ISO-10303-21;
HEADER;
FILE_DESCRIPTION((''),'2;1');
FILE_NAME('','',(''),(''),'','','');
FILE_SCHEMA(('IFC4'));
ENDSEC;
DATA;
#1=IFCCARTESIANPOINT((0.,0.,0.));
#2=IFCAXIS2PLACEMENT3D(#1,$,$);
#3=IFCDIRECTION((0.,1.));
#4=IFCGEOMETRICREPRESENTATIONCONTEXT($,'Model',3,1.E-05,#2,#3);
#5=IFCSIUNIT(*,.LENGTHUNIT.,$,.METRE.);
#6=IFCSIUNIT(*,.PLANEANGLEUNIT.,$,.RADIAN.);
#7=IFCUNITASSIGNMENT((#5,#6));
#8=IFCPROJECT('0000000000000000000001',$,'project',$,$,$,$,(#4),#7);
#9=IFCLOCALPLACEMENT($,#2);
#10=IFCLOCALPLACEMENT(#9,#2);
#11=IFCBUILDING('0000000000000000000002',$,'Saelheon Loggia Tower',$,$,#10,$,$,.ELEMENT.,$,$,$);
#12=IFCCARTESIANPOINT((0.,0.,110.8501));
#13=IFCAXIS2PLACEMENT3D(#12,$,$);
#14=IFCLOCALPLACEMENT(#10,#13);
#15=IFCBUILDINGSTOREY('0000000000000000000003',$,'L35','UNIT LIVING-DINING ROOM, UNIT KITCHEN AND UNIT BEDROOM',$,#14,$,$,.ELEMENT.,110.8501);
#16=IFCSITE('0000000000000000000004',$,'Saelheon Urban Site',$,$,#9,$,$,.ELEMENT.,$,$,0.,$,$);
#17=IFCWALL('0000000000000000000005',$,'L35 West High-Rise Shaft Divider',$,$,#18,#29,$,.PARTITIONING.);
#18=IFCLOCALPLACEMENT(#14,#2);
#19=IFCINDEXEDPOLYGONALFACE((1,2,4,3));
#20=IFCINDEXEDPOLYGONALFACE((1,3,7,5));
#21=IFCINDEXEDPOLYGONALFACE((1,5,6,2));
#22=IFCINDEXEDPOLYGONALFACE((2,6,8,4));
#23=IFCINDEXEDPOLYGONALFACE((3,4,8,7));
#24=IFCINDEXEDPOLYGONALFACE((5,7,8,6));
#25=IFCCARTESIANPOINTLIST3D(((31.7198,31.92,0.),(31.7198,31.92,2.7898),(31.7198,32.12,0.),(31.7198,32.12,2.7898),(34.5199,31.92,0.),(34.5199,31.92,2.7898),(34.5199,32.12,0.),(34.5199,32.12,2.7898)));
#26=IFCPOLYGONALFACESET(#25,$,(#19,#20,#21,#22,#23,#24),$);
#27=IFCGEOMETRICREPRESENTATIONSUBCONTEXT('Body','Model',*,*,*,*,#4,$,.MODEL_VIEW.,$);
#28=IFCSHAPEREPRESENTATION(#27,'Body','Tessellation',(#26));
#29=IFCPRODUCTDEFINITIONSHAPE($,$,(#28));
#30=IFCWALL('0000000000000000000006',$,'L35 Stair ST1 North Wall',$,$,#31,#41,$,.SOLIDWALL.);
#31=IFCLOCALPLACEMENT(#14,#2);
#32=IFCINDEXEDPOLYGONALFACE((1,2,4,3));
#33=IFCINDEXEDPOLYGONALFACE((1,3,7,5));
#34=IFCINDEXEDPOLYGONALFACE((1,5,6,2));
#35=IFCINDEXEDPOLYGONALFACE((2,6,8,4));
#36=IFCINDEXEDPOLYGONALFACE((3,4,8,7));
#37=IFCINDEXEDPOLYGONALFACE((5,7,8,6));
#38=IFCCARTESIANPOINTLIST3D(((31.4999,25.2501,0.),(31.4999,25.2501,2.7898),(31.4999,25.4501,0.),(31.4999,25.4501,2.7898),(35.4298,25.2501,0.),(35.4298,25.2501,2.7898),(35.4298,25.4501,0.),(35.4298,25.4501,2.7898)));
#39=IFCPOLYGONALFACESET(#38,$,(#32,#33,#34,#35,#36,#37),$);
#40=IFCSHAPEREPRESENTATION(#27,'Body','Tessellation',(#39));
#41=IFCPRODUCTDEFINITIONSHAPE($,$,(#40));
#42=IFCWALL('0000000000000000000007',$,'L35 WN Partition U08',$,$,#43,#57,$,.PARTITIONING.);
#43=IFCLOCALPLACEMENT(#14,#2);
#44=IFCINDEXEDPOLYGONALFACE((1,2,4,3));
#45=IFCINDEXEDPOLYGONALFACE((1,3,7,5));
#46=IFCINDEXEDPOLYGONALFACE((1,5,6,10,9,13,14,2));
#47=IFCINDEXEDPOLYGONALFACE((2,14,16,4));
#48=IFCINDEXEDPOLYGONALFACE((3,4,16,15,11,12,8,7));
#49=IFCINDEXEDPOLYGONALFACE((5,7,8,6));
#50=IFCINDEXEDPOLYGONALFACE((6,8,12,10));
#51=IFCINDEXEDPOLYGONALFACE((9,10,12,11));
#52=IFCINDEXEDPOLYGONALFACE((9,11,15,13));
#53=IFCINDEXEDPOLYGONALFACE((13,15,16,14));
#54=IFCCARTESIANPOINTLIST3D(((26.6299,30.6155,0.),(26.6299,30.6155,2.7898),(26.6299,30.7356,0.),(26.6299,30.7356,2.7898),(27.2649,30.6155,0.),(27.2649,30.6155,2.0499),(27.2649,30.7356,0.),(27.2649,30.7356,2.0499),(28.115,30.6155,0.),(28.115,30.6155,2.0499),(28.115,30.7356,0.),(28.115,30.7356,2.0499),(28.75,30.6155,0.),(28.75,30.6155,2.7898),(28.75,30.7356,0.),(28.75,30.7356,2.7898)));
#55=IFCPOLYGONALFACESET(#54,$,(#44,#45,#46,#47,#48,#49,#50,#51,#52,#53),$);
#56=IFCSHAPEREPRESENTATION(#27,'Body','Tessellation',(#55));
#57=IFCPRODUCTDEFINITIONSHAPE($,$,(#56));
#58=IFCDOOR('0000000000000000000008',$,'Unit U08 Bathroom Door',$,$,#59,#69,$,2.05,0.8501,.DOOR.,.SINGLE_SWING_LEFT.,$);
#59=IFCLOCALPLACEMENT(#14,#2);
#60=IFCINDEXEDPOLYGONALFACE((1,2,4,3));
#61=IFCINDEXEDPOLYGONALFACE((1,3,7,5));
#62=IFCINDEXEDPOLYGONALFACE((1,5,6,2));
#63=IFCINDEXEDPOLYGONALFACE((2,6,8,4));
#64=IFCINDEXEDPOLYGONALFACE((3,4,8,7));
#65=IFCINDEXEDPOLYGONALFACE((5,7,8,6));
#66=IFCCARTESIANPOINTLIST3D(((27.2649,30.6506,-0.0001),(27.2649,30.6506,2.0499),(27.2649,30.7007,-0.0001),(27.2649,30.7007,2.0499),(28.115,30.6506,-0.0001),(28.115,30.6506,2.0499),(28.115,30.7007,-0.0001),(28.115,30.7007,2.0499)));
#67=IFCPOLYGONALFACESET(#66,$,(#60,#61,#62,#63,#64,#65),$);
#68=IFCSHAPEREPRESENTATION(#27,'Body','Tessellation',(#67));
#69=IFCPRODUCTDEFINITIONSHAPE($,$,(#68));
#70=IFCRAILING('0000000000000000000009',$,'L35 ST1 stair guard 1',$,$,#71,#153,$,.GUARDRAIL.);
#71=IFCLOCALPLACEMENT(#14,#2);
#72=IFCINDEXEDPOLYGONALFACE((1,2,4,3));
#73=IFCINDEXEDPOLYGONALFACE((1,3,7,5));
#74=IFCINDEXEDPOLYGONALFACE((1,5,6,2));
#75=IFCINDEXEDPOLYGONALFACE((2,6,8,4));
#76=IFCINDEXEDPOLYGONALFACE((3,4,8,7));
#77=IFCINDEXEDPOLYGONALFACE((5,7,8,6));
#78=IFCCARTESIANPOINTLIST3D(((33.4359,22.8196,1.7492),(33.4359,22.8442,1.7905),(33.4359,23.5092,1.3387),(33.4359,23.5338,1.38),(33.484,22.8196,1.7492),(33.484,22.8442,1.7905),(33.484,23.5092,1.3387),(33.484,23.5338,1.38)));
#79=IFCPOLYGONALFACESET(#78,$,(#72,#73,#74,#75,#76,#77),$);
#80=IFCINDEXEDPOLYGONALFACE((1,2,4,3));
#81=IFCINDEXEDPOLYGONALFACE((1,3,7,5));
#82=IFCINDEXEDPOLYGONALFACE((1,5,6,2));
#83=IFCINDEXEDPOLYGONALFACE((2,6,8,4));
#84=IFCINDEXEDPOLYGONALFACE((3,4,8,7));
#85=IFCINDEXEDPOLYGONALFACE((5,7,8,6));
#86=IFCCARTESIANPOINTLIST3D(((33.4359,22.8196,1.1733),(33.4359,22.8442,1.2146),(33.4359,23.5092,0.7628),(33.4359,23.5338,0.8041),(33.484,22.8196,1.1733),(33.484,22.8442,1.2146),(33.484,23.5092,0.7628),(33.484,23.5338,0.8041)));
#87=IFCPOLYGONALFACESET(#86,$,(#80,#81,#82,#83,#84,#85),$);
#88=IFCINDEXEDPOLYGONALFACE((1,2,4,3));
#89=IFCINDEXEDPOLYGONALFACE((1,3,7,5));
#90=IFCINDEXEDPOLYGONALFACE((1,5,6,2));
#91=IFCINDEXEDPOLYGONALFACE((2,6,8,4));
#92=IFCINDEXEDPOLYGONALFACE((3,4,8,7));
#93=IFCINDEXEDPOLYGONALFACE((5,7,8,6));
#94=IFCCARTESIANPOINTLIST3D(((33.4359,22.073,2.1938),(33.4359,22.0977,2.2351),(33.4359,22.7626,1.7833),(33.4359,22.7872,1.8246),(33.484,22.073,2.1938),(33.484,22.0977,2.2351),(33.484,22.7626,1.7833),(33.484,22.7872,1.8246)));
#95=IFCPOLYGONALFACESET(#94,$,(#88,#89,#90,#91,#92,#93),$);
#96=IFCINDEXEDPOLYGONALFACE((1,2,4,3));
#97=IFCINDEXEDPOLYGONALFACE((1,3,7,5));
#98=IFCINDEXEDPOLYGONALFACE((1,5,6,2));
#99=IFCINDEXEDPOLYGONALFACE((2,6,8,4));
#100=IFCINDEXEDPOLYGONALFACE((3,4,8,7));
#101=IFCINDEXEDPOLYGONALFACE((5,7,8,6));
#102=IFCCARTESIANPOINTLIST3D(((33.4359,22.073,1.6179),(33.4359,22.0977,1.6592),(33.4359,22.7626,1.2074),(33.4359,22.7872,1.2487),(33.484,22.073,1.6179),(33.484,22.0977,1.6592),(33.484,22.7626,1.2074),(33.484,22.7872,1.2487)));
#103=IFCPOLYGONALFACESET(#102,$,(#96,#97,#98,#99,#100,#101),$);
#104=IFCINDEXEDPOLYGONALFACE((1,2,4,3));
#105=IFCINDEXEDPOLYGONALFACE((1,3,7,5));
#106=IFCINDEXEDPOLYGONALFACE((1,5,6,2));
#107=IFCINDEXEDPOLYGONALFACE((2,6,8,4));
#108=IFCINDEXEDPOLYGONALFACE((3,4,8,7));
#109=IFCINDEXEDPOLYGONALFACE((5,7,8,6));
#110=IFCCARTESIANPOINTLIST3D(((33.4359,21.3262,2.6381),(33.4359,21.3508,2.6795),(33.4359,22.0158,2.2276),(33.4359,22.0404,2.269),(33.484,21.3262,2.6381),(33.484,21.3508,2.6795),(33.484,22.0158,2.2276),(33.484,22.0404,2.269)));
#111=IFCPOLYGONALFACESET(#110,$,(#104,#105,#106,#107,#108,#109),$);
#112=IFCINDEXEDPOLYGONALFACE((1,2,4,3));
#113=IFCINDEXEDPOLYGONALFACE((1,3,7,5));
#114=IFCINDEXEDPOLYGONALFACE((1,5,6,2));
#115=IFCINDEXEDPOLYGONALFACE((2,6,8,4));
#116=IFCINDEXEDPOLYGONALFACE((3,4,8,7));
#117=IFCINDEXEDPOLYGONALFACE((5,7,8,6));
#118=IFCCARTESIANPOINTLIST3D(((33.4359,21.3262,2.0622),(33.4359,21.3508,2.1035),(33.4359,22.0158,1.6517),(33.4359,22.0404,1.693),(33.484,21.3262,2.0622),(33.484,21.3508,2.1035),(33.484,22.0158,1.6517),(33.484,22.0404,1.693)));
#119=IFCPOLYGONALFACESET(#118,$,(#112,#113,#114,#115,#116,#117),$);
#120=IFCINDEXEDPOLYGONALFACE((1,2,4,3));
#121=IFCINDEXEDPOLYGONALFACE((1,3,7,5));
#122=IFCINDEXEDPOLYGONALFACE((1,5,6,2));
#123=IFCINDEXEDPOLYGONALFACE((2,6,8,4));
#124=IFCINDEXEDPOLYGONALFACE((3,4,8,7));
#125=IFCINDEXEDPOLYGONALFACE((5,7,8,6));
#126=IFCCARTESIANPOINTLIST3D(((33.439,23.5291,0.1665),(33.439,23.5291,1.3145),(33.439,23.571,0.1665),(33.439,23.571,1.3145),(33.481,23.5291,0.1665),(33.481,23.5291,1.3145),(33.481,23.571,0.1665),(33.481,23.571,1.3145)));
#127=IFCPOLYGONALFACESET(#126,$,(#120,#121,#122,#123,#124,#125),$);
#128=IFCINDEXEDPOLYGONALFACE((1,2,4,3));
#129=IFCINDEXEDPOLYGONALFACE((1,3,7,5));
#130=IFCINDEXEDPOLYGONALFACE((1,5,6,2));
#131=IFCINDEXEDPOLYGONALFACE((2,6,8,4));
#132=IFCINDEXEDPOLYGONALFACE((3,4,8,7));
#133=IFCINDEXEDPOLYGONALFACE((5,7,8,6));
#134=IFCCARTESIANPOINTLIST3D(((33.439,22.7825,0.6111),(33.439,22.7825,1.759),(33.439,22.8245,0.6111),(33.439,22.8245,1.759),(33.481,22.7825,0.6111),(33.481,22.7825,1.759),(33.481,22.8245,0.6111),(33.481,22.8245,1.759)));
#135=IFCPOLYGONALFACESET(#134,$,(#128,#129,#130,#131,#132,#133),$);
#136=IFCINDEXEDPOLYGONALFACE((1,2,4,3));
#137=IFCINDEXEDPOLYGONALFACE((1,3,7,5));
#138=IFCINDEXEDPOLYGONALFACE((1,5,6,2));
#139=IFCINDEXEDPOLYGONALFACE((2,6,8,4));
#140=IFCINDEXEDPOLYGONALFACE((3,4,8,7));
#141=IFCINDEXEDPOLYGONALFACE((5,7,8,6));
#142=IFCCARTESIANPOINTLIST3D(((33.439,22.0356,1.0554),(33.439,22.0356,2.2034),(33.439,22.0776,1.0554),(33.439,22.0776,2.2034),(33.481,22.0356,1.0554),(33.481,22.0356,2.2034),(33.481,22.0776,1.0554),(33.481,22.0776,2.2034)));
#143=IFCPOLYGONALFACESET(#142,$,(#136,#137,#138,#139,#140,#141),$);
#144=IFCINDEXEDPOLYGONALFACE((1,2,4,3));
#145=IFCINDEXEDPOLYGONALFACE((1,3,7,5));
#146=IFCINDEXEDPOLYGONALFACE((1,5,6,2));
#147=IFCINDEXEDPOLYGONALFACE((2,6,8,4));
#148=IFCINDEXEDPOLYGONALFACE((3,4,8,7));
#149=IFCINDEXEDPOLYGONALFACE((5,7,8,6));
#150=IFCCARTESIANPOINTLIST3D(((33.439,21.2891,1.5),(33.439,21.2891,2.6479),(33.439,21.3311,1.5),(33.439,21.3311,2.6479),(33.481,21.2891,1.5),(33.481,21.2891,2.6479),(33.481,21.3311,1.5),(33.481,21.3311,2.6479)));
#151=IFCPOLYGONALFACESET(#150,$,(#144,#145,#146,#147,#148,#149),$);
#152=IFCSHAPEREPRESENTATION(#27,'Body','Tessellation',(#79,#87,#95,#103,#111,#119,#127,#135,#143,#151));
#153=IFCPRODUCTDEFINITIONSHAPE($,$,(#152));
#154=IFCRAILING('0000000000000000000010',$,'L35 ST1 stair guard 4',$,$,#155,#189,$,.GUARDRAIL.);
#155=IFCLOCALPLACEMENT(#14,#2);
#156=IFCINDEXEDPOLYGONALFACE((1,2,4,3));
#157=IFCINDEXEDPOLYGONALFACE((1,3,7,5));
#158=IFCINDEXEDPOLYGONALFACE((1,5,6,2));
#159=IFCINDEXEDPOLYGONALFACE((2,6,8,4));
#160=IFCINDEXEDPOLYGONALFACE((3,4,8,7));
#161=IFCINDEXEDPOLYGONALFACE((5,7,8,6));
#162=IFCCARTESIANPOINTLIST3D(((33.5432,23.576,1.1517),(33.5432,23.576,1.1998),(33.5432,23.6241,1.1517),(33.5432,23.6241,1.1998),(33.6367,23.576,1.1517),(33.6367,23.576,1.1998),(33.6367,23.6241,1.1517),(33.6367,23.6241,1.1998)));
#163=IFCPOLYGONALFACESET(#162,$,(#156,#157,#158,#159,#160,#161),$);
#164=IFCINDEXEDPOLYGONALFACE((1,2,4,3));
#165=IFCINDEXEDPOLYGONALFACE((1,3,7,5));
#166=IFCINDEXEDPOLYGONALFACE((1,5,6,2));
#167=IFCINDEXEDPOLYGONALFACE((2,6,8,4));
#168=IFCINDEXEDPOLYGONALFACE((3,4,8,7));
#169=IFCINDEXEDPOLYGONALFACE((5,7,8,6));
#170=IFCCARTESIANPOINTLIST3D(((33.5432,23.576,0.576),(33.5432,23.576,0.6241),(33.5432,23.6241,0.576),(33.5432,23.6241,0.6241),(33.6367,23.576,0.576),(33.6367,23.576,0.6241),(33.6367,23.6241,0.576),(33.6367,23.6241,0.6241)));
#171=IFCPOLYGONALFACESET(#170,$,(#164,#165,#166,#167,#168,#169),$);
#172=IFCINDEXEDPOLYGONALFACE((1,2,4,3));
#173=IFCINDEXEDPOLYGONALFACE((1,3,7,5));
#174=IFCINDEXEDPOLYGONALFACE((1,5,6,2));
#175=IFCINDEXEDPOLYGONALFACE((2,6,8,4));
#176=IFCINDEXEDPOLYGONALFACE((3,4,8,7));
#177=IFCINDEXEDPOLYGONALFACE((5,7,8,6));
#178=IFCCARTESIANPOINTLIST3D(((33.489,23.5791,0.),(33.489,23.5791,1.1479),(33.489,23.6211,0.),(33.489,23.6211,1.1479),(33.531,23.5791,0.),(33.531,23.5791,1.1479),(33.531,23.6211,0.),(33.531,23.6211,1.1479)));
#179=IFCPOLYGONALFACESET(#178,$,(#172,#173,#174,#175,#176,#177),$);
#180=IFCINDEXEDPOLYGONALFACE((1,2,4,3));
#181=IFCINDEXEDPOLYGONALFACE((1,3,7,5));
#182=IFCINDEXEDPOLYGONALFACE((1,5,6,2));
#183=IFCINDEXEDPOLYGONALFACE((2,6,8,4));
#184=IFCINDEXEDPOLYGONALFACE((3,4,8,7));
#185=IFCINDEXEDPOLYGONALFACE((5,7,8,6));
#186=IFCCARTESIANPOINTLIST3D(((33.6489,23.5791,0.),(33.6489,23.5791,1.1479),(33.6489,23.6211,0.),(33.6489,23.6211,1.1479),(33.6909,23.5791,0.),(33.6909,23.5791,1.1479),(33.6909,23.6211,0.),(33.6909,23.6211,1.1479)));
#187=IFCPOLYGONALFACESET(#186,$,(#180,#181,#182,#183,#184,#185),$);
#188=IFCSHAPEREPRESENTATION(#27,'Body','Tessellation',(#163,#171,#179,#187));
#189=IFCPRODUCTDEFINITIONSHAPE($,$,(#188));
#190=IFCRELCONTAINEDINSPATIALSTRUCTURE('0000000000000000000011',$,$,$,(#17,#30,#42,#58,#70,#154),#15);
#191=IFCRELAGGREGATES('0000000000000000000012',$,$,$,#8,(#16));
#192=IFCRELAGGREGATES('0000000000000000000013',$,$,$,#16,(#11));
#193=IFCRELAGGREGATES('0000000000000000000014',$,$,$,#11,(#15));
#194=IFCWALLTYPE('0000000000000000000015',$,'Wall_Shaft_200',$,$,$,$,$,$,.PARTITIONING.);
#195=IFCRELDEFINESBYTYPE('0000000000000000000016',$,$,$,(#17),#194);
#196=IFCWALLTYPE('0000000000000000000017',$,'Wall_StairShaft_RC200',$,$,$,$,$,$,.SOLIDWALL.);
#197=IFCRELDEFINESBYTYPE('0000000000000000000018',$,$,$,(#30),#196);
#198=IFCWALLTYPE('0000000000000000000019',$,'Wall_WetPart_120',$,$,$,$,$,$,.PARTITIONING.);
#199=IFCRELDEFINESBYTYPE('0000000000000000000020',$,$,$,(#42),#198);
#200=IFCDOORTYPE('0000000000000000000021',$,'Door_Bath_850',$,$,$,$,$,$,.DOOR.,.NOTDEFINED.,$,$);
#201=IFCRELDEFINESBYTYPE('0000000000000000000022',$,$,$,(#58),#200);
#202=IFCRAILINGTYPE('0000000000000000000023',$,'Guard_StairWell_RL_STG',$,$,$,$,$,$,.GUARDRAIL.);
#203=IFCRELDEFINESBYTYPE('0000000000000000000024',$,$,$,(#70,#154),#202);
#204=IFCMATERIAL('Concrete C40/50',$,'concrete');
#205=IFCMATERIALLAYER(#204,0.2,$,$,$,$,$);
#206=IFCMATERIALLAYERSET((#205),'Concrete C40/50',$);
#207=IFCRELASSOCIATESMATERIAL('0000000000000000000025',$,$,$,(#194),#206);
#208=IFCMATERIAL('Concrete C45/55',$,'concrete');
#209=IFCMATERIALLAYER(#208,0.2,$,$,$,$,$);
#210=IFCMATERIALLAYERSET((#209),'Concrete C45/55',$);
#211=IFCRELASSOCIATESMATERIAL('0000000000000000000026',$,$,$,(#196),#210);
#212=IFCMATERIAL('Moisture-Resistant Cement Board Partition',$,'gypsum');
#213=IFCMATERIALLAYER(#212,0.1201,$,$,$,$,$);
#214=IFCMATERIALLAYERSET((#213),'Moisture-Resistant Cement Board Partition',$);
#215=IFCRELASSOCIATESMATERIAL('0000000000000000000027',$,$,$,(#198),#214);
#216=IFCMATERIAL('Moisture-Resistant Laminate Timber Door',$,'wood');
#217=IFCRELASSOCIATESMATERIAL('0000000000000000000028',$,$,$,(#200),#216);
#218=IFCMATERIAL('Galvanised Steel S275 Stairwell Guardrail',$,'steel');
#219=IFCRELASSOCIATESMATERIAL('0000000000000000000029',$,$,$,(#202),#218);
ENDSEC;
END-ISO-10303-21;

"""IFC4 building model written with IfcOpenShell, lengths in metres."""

from ifc_helpers import new_model, si_unit, direction, frame, frame_2d, origin, origin_2d, place, context, subcontext, project, spatial, rectangle, extrude, source, transform, mapped, material, layer, layer_set, type_object, element, fill, save


model = new_model("IFC4")

# Units and contexts
model_context = context("Model", 3, precision=1e-05, world=origin(), true_north=direction((0.0, 1.0)))
body_context = subcontext(model_context, "Body", "Model", "MODEL_VIEW")
ifc_project = project(units=[si_unit("LENGTHUNIT", "METRE"), si_unit("PLANEANGLEUNIT", "RADIAN")], contexts=[model_context])

# Site, building, storey
site_placement = place(None, origin())
site = spatial("IfcSite", under=ifc_project, at=site_placement, Name="Saelheon Urban Site", CompositionType="ELEMENT", RefElevation=0.0)
building_placement = place(site_placement, origin())
building = spatial("IfcBuilding", under=site, at=building_placement, Name="Saelheon Loggia Tower", CompositionType="ELEMENT")
storey_placement = place(building_placement, frame((0.0, 0.0, 110.8501)))
storey = spatial("IfcBuildingStorey", under=building, at=storey_placement, Name="L35", Description="UNIT LIVING-DINING ROOM, UNIT KITCHEN AND UNIT BEDROOM", CompositionType="ELEMENT", Elevation=110.8501)

# Shared definitions
ifc_material_1 = material(Name="Concrete C40/50", Category="concrete")
ifc_layer_1 = layer(ifc_material_1, 0.2)
ifc_layer_set_1 = layer_set([ifc_layer_1], Name="Concrete C40/50")
wall_type_1 = type_object("IfcWallType", Name="Wall_Shaft_200", PredefinedType="PARTITIONING", material=ifc_layer_set_1)

# Walls
wall_1_placement = place(storey_placement, frame((31.72, 32.02, 0.0), z_axis=(0.0, 0.0, 1.0), x_axis=(1.0, 0.0, 0.0)))
element("IfcWall", 1, at=wall_1_placement, inside=storey, type_object=wall_type_1, Name="L35 West High-Rise Shaft Divider", PredefinedType="PARTITIONING", context=body_context, shape_type="SweptSolid", body=[
    extrude(rectangle(XDim=2.8, YDim=0.2, at=frame_2d((1.3999, 0.0))), origin(), (0.0, 0.0, 1.0), 2.7898),
])
ifc_material_2 = material(Name="Concrete C45/55", Category="concrete")
ifc_layer_2 = layer(ifc_material_2, 0.2)
ifc_layer_set_2 = layer_set([ifc_layer_2], Name="Concrete C45/55")
wall_type_2 = type_object("IfcWallType", Name="Wall_StairShaft_RC200", PredefinedType="SOLIDWALL", material=ifc_layer_set_2)
wall_2_placement = place(storey_placement, frame((31.5, 25.3501, 0.0), z_axis=(0.0, 0.0, 1.0), x_axis=(1.0, 0.0, 0.0)))
element("IfcWall", 2, at=wall_2_placement, inside=storey, type_object=wall_type_2, Name="L35 Stair ST1 North Wall", PredefinedType="SOLIDWALL", context=body_context, shape_type="SweptSolid", body=[
    extrude(rectangle(XDim=3.9299, YDim=0.2, at=frame_2d((1.9648, 0.0))), origin(), (0.0, 0.0, 1.0), 2.7898),
])

# Wall, opening, door
ifc_material_3 = material(Name="Moisture-Resistant Cement Board Partition", Category="gypsum")
ifc_layer_3 = layer(ifc_material_3, 0.1201)
ifc_layer_set_3 = layer_set([ifc_layer_3], Name="Moisture-Resistant Cement Board Partition")
wall_type_3 = type_object("IfcWallType", Name="Wall_WetPart_120", PredefinedType="PARTITIONING", material=ifc_layer_set_3)
wall_3_placement = place(storey_placement, frame((28.75, 30.6755, 0.0), z_axis=(0.0, 0.0, 1.0), x_axis=(-1.0, 0.0, 0.0)))
wall_3 = element("IfcWall", 3, at=wall_3_placement, inside=storey, type_object=wall_type_3, Name="L35 WN Partition U08", PredefinedType="PARTITIONING", context=body_context, shape_type="SweptSolid", body=[
    extrude(rectangle(XDim=2.1201, YDim=0.1201, at=frame_2d((1.0601, 0.0))), origin(), (0.0, 0.0, 1.0), 2.7898),
])
opening_1_placement = place(wall_3_placement, frame((0.635, 0.0, 0.0)))
opening_1 = element("IfcOpeningElement", 4, at=opening_1_placement, cuts=wall_3, PredefinedType="OPENING", context=body_context, shape_type="SweptSolid", body=[
    extrude(rectangle(XDim=0.8501, YDim=2.05, at=frame_2d((0.425, 1.0249))), frame((0.0, 0.072, 0.0), z_axis=(0.0, -1.0, 0.0), x_axis=(1.0, 0.0, 0.0)), (0.0, 0.0, 1.0), 0.144),
])
ifc_material_4 = material(Name="Moisture-Resistant Laminate Timber Door", Category="wood")
door_type_1 = type_object("IfcDoorType", Name="Door_Bath_850", OperationType="NOTDEFINED", PredefinedType="DOOR", material=ifc_material_4)
shared_shape_1 = source(origin(), body_context, "Body", "SweptSolid", [
    extrude(rectangle(XDim=0.8501, YDim=2.05, at=frame_2d((0.425, 1.0249))), frame((0.0, 0.0249, 0.0), z_axis=(0.0, -1.0, 0.0), x_axis=(1.0, 0.0, 0.0)), (0.0, 0.0, 1.0), 0.05),
])
door_1_placement = place(opening_1_placement, origin())
door_1 = element("IfcDoor", 5, at=door_1_placement, inside=storey, type_object=door_type_1, Name="Unit U08 Bathroom Door", OperationType="SINGLE_SWING_LEFT", OverallHeight=2.05, OverallWidth=0.8501, PredefinedType="DOOR", context=body_context, shape_type="MappedRepresentation", body=[
    mapped(shared_shape_1, transform((0.0, 0.0, 0.0), scale=1.0)),
])
fill(opening_1, door_1)

# Railings
ifc_material_5 = material(Name="Galvanised Steel S275 Stairwell Guardrail", Category="steel")
railing_type_1 = type_object("IfcRailingType", Name="Guard_StairWell_RL_STG", PredefinedType="GUARDRAIL", material=ifc_material_5)
railing_1_placement = place(storey_placement, frame((33.46, 23.55, 0.1665)))
element("IfcRailing", 6, at=railing_1_placement, inside=storey, type_object=railing_type_1, Name="L35 ST1 stair guard 1", PredefinedType="GUARDRAIL", context=body_context, shape_type="SweptSolid", body=[
    extrude(rectangle(XDim=0.0481, YDim=0.0481, at=origin_2d()), frame((0.0, -0.0286, 1.1929), z_axis=(0.0, -0.859264, 0.511532), x_axis=(1.0, 0.0, 0.0)), (0.0, 0.0, 1.0), 0.8025),
    extrude(rectangle(XDim=0.0481, YDim=0.0481, at=origin_2d()), frame((0.0, -0.0286, 0.6169), z_axis=(0.0, -0.859264, 0.511532), x_axis=(1.0, 0.0, 0.0)), (0.0, 0.0, 1.0), 0.8025),
    extrude(rectangle(XDim=0.0481, YDim=0.0481, at=origin_2d()), frame((0.0, -0.7751, 1.6375), z_axis=(0.0, -0.859264, 0.511532), x_axis=(1.0, 0.0, 0.0)), (0.0, 0.0, 1.0), 0.8025),
    extrude(rectangle(XDim=0.0481, YDim=0.0481, at=origin_2d()), frame((0.0, -0.7751, 1.0615), z_axis=(0.0, -0.859264, 0.511532), x_axis=(1.0, 0.0, 0.0)), (0.0, 0.0, 1.0), 0.8025),
    extrude(rectangle(XDim=0.0481, YDim=0.0481, at=origin_2d()), frame((0.0, -1.522, 2.0818), z_axis=(0.0, -0.859264, 0.511532), x_axis=(1.0, 0.0, 0.0)), (0.0, 0.0, 1.0), 0.8025),
    extrude(rectangle(XDim=0.0481, YDim=0.0481, at=origin_2d()), frame((0.0, -1.522, 1.5059), z_axis=(0.0, -0.859264, 0.511532), x_axis=(1.0, 0.0, 0.0)), (0.0, 0.0, 1.0), 0.8025),
    extrude(rectangle(XDim=0.042, YDim=0.042, at=origin_2d()), origin(), (0.0, 0.0, 1.0), 1.1479),
    extrude(rectangle(XDim=0.042, YDim=0.042, at=origin_2d()), frame((0.0, -0.7466, 0.4446)), (0.0, 0.0, 1.0), 1.1479),
    extrude(rectangle(XDim=0.042, YDim=0.042, at=origin_2d()), frame((0.0, -1.4934, 0.8889)), (0.0, 0.0, 1.0), 1.1479),
    extrude(rectangle(XDim=0.042, YDim=0.042, at=origin_2d()), frame((0.0, -2.24, 1.3335)), (0.0, 0.0, 1.0), 1.1479),
])
railing_2_placement = place(storey_placement, frame((33.51, 23.6001, 0.0)))
element("IfcRailing", 7, at=railing_2_placement, inside=storey, type_object=railing_type_1, Name="L35 ST1 stair guard 4", PredefinedType="GUARDRAIL", context=body_context, shape_type="SweptSolid", body=[
    extrude(rectangle(XDim=0.0481, YDim=0.0481, at=origin_2d()), frame((0.0332, 0.0, 1.1758), z_axis=(1.0, 0.0, 0.0), x_axis=(0.0, 1.0, 0.0)), (0.0, 0.0, 1.0), 0.0935),
    extrude(rectangle(XDim=0.0481, YDim=0.0481, at=origin_2d()), frame((0.0332, 0.0, 0.6001), z_axis=(1.0, 0.0, 0.0), x_axis=(0.0, 1.0, 0.0)), (0.0, 0.0, 1.0), 0.0935),
    extrude(rectangle(XDim=0.042, YDim=0.042, at=origin_2d()), origin(), (0.0, 0.0, 1.0), 1.1479),
    extrude(rectangle(XDim=0.042, YDim=0.042, at=origin_2d()), frame((0.1599, 0.0, 0.0)), (0.0, 0.0, 1.0), 1.1479),
])

save(model, "model.ifc")
